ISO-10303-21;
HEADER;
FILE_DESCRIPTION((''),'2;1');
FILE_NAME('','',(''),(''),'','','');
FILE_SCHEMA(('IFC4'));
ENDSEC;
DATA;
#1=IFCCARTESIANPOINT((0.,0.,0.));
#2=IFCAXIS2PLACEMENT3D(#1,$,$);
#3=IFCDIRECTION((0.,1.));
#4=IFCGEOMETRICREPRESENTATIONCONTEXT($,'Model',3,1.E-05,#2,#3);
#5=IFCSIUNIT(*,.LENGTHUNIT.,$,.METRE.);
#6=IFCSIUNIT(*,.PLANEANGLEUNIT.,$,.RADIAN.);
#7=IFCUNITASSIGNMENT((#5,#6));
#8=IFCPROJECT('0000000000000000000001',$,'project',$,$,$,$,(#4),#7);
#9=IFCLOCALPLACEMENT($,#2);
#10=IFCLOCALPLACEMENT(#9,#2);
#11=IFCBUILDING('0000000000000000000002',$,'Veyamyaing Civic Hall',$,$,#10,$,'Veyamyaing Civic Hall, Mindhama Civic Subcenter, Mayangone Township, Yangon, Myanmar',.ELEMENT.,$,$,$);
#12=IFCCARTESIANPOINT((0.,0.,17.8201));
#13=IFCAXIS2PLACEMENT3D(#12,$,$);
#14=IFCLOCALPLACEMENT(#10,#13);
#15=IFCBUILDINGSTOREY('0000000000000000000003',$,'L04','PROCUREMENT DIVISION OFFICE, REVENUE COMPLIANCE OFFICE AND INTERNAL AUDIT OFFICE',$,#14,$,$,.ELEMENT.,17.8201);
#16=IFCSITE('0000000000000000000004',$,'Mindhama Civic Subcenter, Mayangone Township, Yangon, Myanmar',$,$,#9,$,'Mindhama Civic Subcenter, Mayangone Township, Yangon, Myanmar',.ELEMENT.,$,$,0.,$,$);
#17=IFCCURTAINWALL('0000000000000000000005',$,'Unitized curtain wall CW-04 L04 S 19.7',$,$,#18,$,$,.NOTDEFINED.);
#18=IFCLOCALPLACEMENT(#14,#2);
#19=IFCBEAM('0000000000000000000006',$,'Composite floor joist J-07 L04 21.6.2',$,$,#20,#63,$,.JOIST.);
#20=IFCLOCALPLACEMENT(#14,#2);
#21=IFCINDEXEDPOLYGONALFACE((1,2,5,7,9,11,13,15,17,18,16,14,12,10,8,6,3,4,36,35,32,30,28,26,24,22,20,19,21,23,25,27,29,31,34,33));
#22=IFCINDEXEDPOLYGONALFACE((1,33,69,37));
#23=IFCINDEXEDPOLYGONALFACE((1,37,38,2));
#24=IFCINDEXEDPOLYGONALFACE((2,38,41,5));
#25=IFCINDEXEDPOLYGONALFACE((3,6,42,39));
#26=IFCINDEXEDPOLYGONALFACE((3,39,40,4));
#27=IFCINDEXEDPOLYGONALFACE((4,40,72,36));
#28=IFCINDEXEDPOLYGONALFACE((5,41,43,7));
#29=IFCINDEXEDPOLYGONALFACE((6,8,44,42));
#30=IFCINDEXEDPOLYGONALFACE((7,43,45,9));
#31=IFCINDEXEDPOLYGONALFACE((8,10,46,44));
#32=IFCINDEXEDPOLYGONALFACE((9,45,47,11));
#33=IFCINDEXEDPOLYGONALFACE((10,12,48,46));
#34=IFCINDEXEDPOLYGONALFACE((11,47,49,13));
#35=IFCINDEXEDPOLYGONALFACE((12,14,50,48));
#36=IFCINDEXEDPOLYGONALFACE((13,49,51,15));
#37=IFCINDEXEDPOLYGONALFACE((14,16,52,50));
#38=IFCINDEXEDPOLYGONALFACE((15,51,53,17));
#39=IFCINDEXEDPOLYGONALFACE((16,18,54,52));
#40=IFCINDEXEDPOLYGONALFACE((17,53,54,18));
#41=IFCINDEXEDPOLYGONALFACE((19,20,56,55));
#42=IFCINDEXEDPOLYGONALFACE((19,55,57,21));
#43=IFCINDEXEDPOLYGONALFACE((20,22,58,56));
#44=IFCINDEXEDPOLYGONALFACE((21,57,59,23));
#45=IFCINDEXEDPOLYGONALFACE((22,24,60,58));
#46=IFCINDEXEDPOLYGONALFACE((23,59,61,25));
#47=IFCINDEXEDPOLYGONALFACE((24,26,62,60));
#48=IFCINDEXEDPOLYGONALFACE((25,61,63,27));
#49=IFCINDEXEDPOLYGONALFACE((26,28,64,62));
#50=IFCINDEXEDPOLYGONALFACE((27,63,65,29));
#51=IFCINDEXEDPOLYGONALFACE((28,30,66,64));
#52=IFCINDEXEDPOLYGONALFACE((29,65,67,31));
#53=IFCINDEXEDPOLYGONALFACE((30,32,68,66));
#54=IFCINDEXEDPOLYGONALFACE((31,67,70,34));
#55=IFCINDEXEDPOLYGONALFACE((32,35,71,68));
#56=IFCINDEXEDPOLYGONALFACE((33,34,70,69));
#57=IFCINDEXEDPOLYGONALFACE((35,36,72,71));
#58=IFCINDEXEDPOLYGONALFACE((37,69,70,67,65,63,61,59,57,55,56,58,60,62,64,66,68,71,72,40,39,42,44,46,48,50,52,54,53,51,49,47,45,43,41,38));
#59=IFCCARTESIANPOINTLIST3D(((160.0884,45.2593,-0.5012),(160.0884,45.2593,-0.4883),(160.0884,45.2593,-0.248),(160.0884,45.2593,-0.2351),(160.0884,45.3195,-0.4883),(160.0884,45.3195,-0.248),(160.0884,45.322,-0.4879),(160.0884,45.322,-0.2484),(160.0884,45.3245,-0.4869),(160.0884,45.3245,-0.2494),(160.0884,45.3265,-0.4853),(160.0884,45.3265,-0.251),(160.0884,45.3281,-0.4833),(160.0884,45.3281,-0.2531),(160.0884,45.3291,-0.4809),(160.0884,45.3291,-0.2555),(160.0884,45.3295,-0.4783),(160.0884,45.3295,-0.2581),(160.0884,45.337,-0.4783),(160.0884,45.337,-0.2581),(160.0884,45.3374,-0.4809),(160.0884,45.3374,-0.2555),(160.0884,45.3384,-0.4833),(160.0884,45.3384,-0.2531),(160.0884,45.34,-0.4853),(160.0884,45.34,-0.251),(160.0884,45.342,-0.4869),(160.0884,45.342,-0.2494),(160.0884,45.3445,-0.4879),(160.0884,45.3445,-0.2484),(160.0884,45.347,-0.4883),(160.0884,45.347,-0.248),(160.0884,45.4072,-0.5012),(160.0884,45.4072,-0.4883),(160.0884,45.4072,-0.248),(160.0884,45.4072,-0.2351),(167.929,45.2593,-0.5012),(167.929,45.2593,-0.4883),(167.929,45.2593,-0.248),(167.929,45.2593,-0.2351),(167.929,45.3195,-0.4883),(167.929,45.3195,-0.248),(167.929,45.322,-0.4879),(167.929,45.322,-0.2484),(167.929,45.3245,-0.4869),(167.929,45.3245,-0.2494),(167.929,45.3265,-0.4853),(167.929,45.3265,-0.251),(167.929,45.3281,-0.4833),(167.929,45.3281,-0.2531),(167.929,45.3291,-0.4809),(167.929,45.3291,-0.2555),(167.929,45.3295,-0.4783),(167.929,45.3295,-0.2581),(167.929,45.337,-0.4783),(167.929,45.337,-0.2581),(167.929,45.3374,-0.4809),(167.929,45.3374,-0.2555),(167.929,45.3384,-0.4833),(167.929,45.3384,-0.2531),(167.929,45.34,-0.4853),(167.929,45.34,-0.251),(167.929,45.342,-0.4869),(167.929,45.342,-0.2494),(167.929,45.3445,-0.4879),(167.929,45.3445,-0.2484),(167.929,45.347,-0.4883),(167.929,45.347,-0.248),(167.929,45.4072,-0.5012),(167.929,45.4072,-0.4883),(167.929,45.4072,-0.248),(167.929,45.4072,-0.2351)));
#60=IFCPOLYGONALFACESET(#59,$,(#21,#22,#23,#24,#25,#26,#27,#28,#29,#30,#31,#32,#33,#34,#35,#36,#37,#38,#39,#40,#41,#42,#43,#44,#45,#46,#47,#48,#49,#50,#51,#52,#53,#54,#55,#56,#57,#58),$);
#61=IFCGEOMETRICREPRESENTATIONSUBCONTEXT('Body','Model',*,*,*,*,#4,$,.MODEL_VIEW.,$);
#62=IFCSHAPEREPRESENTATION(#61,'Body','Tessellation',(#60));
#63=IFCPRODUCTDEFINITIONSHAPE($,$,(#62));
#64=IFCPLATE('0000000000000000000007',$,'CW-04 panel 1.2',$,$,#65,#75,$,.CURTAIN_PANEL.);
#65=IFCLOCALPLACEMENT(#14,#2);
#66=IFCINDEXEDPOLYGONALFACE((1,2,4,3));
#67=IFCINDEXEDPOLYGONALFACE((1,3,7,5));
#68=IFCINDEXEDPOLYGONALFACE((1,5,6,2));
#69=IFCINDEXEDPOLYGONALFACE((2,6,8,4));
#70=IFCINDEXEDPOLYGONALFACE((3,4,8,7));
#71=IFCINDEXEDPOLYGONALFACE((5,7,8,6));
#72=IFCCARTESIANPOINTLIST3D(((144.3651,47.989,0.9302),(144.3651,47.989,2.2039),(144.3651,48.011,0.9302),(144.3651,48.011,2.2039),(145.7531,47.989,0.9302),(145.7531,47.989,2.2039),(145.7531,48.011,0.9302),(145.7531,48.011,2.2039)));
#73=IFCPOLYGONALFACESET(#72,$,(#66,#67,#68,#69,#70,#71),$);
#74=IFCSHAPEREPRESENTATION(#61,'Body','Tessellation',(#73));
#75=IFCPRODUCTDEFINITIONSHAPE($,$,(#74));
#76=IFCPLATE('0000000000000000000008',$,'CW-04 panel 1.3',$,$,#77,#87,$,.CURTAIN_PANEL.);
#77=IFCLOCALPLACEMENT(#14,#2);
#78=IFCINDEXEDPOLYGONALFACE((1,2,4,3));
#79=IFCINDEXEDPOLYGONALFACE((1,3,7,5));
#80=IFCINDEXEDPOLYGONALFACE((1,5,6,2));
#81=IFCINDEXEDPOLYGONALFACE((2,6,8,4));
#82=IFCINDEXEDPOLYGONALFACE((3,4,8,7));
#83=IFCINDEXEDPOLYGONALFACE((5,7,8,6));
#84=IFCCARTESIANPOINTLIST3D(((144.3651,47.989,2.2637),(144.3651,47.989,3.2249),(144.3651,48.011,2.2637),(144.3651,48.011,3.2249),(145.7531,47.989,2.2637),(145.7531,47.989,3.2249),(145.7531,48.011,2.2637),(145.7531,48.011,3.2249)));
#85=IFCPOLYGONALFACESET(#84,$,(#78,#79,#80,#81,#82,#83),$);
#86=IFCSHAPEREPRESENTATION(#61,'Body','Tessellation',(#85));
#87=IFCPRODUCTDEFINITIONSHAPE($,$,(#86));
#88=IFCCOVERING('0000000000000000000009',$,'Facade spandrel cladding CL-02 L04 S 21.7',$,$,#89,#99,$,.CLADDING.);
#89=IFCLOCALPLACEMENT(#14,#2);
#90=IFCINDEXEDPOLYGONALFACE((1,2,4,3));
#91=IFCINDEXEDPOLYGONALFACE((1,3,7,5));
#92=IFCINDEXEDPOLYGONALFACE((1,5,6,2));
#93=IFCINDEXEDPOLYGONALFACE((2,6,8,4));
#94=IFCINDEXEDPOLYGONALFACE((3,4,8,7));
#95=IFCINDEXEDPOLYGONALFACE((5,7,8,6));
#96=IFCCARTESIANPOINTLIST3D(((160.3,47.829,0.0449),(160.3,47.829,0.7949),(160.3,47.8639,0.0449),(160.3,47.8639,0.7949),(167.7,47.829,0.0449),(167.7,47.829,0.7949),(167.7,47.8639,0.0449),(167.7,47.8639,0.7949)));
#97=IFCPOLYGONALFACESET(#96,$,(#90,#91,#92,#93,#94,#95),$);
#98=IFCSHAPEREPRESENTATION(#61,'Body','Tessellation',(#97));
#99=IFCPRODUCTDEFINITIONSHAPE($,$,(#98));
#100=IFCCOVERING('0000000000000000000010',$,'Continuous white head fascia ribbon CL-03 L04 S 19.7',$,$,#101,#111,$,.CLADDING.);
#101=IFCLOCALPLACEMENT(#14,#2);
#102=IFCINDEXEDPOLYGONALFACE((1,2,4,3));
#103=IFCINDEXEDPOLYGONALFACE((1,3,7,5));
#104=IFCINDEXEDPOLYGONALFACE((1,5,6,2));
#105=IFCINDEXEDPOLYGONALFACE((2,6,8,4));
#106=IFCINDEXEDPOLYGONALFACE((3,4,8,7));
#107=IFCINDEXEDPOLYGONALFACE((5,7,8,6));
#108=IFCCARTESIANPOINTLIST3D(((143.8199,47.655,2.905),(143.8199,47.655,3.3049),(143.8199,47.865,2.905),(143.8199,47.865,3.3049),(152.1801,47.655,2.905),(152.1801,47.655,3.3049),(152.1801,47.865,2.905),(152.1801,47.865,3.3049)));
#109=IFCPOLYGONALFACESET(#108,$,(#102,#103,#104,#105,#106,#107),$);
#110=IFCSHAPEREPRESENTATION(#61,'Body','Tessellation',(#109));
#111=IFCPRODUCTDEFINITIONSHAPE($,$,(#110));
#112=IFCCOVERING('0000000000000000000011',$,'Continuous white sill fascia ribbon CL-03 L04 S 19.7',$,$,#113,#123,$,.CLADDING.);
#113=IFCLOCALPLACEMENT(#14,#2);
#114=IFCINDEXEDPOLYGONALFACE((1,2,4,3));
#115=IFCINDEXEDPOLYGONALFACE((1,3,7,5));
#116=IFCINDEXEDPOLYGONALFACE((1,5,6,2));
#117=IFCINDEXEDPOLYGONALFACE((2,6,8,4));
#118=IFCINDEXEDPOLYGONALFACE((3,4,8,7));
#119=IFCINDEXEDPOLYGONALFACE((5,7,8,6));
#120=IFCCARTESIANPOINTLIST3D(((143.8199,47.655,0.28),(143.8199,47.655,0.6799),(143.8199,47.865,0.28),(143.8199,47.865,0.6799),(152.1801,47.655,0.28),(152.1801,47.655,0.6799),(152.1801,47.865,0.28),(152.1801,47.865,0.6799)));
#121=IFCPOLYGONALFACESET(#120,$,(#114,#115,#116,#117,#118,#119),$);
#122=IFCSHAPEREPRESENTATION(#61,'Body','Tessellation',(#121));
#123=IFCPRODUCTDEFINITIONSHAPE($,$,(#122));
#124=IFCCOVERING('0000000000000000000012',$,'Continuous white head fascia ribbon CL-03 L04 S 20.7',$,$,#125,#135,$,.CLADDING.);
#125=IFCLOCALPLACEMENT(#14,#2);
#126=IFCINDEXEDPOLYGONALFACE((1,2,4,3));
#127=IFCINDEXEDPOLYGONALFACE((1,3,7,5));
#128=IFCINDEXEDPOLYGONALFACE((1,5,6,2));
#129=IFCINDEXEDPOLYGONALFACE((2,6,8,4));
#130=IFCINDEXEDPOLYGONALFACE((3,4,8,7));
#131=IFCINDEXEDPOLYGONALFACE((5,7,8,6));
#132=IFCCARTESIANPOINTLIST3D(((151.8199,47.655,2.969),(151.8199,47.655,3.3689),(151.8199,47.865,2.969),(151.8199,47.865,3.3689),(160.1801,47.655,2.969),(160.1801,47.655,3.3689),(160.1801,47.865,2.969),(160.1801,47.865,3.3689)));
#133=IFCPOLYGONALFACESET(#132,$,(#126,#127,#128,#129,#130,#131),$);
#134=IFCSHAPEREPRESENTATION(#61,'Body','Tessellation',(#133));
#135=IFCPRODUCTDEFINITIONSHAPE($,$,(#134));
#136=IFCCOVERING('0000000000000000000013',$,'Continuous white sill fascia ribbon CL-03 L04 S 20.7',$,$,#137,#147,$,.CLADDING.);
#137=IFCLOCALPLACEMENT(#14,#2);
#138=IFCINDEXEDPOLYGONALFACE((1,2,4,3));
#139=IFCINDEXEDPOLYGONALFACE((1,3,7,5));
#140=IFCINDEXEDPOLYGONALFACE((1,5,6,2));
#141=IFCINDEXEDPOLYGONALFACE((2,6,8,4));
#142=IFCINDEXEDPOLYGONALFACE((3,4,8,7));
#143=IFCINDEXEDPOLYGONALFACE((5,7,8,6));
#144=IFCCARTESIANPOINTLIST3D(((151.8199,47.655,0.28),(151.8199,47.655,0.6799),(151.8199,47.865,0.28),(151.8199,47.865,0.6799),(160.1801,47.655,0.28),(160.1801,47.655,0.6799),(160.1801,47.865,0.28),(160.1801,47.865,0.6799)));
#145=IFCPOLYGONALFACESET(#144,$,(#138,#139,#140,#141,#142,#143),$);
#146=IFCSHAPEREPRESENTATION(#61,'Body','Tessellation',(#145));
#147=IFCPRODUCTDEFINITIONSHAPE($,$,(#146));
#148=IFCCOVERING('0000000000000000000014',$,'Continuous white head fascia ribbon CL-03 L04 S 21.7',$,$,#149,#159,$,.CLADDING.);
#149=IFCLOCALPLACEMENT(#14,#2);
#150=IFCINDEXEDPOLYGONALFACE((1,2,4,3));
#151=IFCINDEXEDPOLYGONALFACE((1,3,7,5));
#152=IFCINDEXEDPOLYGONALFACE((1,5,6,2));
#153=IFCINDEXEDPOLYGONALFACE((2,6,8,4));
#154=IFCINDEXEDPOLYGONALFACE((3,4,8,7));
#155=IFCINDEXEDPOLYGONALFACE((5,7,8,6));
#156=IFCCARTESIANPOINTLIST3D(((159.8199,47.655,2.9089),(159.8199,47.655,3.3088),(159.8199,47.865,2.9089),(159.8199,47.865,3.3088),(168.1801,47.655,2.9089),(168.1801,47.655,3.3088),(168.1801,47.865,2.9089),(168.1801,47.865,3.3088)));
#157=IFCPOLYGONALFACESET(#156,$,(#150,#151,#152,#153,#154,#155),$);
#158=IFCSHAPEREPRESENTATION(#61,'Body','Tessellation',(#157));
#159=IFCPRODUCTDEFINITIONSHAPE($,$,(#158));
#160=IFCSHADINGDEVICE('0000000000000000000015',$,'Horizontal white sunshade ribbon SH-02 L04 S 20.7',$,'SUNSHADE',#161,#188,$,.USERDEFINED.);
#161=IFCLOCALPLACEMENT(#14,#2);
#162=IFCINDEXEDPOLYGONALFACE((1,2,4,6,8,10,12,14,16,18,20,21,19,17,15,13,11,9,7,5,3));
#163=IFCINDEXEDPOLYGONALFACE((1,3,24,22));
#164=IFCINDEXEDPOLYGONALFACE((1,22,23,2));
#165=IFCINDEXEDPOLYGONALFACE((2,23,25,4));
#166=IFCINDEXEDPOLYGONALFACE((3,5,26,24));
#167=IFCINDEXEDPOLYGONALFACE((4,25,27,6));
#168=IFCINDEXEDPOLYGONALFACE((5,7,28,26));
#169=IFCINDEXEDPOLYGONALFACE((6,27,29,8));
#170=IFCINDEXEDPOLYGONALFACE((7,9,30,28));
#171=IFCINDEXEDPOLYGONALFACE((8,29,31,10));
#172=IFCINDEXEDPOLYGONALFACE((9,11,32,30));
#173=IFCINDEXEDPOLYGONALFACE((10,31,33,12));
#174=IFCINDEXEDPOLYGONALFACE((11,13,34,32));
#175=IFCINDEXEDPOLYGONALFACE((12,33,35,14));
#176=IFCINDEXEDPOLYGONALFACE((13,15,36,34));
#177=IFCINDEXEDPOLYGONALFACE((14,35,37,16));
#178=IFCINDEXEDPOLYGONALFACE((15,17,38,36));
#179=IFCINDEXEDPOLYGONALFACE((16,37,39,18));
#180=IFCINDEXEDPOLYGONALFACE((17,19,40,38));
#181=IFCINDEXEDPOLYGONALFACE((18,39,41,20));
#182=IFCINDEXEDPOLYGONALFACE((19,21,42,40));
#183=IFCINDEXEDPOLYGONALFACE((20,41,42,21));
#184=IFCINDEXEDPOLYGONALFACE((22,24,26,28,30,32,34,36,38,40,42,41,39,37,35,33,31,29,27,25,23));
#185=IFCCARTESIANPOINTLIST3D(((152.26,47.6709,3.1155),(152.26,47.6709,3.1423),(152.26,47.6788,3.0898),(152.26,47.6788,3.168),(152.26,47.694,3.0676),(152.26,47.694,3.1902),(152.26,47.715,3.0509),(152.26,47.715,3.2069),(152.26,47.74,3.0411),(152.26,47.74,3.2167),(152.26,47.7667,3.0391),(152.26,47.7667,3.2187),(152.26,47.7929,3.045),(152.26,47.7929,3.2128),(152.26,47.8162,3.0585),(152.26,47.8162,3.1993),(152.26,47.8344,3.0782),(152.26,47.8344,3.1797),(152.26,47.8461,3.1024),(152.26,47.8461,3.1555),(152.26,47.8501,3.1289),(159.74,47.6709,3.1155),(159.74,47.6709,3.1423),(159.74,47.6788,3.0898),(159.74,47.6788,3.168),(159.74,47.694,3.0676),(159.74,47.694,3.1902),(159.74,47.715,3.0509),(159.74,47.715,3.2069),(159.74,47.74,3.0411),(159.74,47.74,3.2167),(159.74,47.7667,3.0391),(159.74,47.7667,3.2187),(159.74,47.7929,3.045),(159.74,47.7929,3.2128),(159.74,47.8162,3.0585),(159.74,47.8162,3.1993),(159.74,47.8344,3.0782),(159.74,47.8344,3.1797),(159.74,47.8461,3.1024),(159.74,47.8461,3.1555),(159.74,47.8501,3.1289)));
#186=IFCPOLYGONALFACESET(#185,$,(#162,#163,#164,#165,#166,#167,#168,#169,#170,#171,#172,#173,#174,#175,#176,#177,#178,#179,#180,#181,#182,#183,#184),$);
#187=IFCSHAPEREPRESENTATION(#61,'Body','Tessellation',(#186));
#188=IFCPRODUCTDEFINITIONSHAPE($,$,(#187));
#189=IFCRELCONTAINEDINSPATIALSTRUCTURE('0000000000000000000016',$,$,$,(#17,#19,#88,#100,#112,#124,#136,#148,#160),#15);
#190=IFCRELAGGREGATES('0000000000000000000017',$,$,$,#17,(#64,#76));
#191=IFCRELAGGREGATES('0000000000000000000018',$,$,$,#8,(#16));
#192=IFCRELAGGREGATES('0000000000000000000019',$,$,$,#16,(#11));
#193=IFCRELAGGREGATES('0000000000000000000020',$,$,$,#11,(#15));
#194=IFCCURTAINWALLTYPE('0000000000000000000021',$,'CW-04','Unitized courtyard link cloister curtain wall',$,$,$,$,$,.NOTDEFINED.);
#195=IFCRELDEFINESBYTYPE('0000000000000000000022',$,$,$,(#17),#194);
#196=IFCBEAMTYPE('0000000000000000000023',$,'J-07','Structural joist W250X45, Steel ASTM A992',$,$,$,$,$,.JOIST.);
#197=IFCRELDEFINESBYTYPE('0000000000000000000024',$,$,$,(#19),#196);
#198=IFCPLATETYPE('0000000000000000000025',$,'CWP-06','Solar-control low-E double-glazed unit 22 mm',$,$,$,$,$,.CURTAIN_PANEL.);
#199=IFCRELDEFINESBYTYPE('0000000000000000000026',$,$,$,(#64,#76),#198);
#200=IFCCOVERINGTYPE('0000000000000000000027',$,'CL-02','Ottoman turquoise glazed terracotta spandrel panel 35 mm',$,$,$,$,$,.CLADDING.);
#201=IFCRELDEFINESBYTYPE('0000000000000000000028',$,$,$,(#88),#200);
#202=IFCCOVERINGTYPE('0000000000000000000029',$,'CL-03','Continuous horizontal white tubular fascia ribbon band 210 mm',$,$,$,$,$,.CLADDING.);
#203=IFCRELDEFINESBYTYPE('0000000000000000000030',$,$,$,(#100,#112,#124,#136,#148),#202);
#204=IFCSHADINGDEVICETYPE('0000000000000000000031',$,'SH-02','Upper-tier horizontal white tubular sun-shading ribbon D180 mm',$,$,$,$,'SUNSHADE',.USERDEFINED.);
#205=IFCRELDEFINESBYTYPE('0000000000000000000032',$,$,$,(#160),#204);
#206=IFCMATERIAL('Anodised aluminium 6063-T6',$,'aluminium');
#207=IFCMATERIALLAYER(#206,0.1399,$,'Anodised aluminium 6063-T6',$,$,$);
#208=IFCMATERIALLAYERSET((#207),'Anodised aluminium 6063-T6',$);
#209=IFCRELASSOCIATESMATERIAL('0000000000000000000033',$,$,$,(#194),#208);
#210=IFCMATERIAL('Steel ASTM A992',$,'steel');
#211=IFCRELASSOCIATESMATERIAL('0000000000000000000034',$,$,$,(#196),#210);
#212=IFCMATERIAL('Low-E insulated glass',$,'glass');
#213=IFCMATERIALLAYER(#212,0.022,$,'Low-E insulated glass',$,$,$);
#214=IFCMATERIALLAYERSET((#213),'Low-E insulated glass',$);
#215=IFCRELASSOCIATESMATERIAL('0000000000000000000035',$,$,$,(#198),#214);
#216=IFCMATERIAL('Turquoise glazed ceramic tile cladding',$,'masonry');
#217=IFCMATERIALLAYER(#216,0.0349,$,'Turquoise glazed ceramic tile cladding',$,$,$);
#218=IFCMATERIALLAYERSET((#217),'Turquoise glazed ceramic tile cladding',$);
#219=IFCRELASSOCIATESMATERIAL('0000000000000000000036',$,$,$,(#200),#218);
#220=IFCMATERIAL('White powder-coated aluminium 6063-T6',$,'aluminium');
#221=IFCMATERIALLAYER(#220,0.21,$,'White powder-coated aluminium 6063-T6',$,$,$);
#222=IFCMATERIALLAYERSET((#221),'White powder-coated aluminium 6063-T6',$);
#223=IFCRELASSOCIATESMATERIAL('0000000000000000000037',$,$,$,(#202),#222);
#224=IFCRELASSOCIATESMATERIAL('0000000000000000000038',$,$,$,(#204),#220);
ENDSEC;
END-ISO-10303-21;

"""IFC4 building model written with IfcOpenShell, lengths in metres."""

from ifc_helpers import new_model, si_unit, direction, frame, origin, origin_2d, place, context, subcontext, project, spatial, rectangle, circle, i_section, extrude, material, layer, layer_set, material_profile, profile_set, type_object, element, aggregate, save


model = new_model("IFC4")

# Units and contexts
model_context = context("Model", 3, precision=1e-05, world=origin(), true_north=direction((0.0, 1.0)))
body_context = subcontext(model_context, "Body", "Model", "MODEL_VIEW")
ifc_project = project(units=[si_unit("LENGTHUNIT", "METRE"), si_unit("PLANEANGLEUNIT", "RADIAN")], contexts=[model_context])

# Site, building, storey
site_placement = place(None, origin())
site = spatial("IfcSite", under=ifc_project, at=site_placement, Name="Mindhama Civic Subcenter, Mayangone Township, Yangon, Myanmar", LongName="Mindhama Civic Subcenter, Mayangone Township, Yangon, Myanmar", CompositionType="ELEMENT", RefElevation=0.0)
building_placement = place(site_placement, origin())
building = spatial("IfcBuilding", under=site, at=building_placement, Name="Veyamyaing Civic Hall", LongName="Veyamyaing Civic Hall, Mindhama Civic Subcenter, Mayangone Township, Yangon, Myanmar", CompositionType="ELEMENT")
storey_placement = place(building_placement, frame((0.0, 0.0, 17.8201)))
storey = spatial("IfcBuildingStorey", under=building, at=storey_placement, Name="L04", Description="PROCUREMENT DIVISION OFFICE, REVENUE COMPLIANCE OFFICE AND INTERNAL AUDIT OFFICE", CompositionType="ELEMENT", Elevation=17.8201)

# Shared definitions
ifc_material_1 = material(Name="Steel ASTM A992", Category="steel")

# Curtain wall
ifc_material_2 = material(Name="Anodised aluminium 6063-T6", Category="aluminium")
ifc_layer_1 = layer(ifc_material_2, 0.1399, Name="Anodised aluminium 6063-T6")
ifc_layer_set_1 = layer_set([ifc_layer_1], Name="Anodised aluminium 6063-T6")
curtain_wall_type = type_object("IfcCurtainWallType", Name="CW-04", Description="Unitized courtyard link cloister curtain wall", PredefinedType="NOTDEFINED", material=ifc_layer_set_1)
curtain_wall_placement = place(storey_placement, origin())
curtain_wall = element("IfcCurtainWall", 1, at=curtain_wall_placement, inside=storey, type_object=curtain_wall_type, Name="Unitized curtain wall CW-04 L04 S 19.7", PredefinedType="NOTDEFINED")

# Beam
ifc_material_profile_1 = material_profile(ifc_material_1, i_section(OverallWidth=0.1479, OverallDepth=0.2661, WebThickness=0.0076, FlangeThickness=0.0129, FilletRadius=0.01, at=origin_2d()), Name="W250X45")
ifc_profile_set_1 = profile_set([ifc_material_profile_1], Name="Steel ASTM A992")
beam_type_1 = type_object("IfcBeamType", Name="J-07", Description="Structural joist W250X45, Steel ASTM A992", PredefinedType="JOIST", material=ifc_profile_set_1)
for number, where, z_axis, x_axis, name in (
    (2, (160.0884, 45.3333, -0.3682), (1.0, 0.0, 0.0), (0.0, 1.0, 0.0), "Composite floor joist J-07 L04 21.6.2"),
):
    element("IfcBeam", number, at=place(storey_placement, frame(where, z_axis=z_axis, x_axis=x_axis)), inside=storey, type_object=beam_type_1, Name=name, PredefinedType="JOIST", context=body_context, shape_type="SweptSolid", body=[
        extrude(i_section(OverallWidth=0.1479, OverallDepth=0.2661, WebThickness=0.0076, FlangeThickness=0.0129, FilletRadius=0.01, at=origin_2d()), origin(), (0.0, 0.0, 1.0), 7.8406),
    ])

# Plates
ifc_material_3 = material(Name="Low-E insulated glass", Category="glass")
ifc_layer_2 = layer(ifc_material_3, 0.022, Name="Low-E insulated glass")
ifc_layer_set_2 = layer_set([ifc_layer_2], Name="Low-E insulated glass")
plate_type = type_object("IfcPlateType", Name="CWP-06", Description="Solar-control low-E double-glazed unit 22 mm", PredefinedType="CURTAIN_PANEL", material=ifc_layer_set_2)
plate_1_placement = place(storey_placement, frame((145.0591, 48.0, 0.9302), z_axis=(0.0, 0.0, 1.0), x_axis=(1.0, 0.0, 0.0)))
plate_1 = element("IfcPlate", 3, at=plate_1_placement, type_object=plate_type, Name="CW-04 panel 1.2", PredefinedType="CURTAIN_PANEL", context=body_context, shape_type="SweptSolid", body=[
    extrude(rectangle(XDim=1.3879, YDim=0.022, at=origin_2d()), origin(), (0.0, 0.0, 1.0), 1.2737),
])
plate_2_placement = place(storey_placement, frame((145.0591, 48.0, 2.2637), z_axis=(0.0, 0.0, 1.0), x_axis=(1.0, 0.0, 0.0)))
plate_2 = element("IfcPlate", 4, at=plate_2_placement, type_object=plate_type, Name="CW-04 panel 1.3", PredefinedType="CURTAIN_PANEL", context=body_context, shape_type="SweptSolid", body=[
    extrude(rectangle(XDim=1.3879, YDim=0.022, at=origin_2d()), origin(), (0.0, 0.0, 1.0), 0.9612),
])
aggregate(curtain_wall, [plate_1, plate_2])

# Coverings
ifc_material_4 = material(Name="Turquoise glazed ceramic tile cladding", Category="masonry")
ifc_layer_3 = layer(ifc_material_4, 0.0349, Name="Turquoise glazed ceramic tile cladding")
ifc_layer_set_3 = layer_set([ifc_layer_3], Name="Turquoise glazed ceramic tile cladding")
covering_type_1 = type_object("IfcCoveringType", Name="CL-02", Description="Ottoman turquoise glazed terracotta spandrel panel 35 mm", PredefinedType="CLADDING", material=ifc_layer_set_3)
covering_placement = place(storey_placement, frame((164.0, 47.8464, 0.0449), z_axis=(0.0, 0.0, 1.0), x_axis=(1.0, 0.0, 0.0)))
element("IfcCovering", 5, at=covering_placement, inside=storey, type_object=covering_type_1, Name="Facade spandrel cladding CL-02 L04 S 21.7", PredefinedType="CLADDING", context=body_context, shape_type="SweptSolid", body=[
    extrude(rectangle(XDim=7.3999, YDim=0.0349, at=origin_2d()), origin(), (0.0, 0.0, 1.0), 0.75),
])
ifc_material_5 = material(Name="White powder-coated aluminium 6063-T6", Category="aluminium")
ifc_layer_4 = layer(ifc_material_5, 0.21, Name="White powder-coated aluminium 6063-T6")
ifc_layer_set_4 = layer_set([ifc_layer_4], Name="White powder-coated aluminium 6063-T6")
covering_type_2 = type_object("IfcCoveringType", Name="CL-03", Description="Continuous horizontal white tubular fascia ribbon band 210 mm", PredefinedType="CLADDING", material=ifc_layer_set_4)
for number, where, z_axis, x_axis, name in (
    (6, (148.0, 47.76, 2.905), (0.0, 0.0, 1.0), (1.0, 0.0, 0.0), "Continuous white head fascia ribbon CL-03 L04 S 19.7"),
    (7, (148.0, 47.76, 0.28), (0.0, 0.0, 1.0), (1.0, 0.0, 0.0), "Continuous white sill fascia ribbon CL-03 L04 S 19.7"),
    (8, (156.0, 47.76, 2.969), (0.0, 0.0, 1.0), (1.0, 0.0, 0.0), "Continuous white head fascia ribbon CL-03 L04 S 20.7"),
    (9, (156.0, 47.76, 0.28), (0.0, 0.0, 1.0), (1.0, 0.0, 0.0), "Continuous white sill fascia ribbon CL-03 L04 S 20.7"),
    (10, (164.0, 47.76, 2.9089), (0.0, 0.0, 1.0), (1.0, 0.0, 0.0), "Continuous white head fascia ribbon CL-03 L04 S 21.7"),
):
    element("IfcCovering", number, at=place(storey_placement, frame(where, z_axis=z_axis, x_axis=x_axis)), inside=storey, type_object=covering_type_2, Name=name, PredefinedType="CLADDING", context=body_context, shape_type="SweptSolid", body=[
        extrude(rectangle(XDim=8.3601, YDim=0.21, at=origin_2d()), origin(), (0.0, 0.0, 1.0), 0.3999),
    ])

# Shading device
ifc_material_profile_2 = material_profile(ifc_material_5, circle(Radius=0.0901, at=origin_2d()), Name="SHADE-TUBE-180")
ifc_profile_set_2 = profile_set([ifc_material_profile_2], Name="White powder-coated aluminium 6063-T6")
shading_device_type = type_object("IfcShadingDeviceType", Name="SH-02", Description="Upper-tier horizontal white tubular sun-shading ribbon D180 mm", ElementType="SUNSHADE", PredefinedType="USERDEFINED", material=ifc_profile_set_2)
for number, where, z_axis, x_axis, name in (
    (11, (152.26, 47.76, 3.1289), (1.0, 0.0, 0.0), (0.0, 1.0, 0.0), "Horizontal white sunshade ribbon SH-02 L04 S 20.7"),
):
    element("IfcShadingDevice", number, at=place(storey_placement, frame(where, z_axis=z_axis, x_axis=x_axis)), inside=storey, type_object=shading_device_type, Name=name, ObjectType="SUNSHADE", PredefinedType="USERDEFINED", context=body_context, shape_type="SweptSolid", body=[
        extrude(circle(Radius=0.0901, at=origin_2d()), origin(), (0.0, 0.0, 1.0), 7.48),
    ])

save(model, "model.ifc")
